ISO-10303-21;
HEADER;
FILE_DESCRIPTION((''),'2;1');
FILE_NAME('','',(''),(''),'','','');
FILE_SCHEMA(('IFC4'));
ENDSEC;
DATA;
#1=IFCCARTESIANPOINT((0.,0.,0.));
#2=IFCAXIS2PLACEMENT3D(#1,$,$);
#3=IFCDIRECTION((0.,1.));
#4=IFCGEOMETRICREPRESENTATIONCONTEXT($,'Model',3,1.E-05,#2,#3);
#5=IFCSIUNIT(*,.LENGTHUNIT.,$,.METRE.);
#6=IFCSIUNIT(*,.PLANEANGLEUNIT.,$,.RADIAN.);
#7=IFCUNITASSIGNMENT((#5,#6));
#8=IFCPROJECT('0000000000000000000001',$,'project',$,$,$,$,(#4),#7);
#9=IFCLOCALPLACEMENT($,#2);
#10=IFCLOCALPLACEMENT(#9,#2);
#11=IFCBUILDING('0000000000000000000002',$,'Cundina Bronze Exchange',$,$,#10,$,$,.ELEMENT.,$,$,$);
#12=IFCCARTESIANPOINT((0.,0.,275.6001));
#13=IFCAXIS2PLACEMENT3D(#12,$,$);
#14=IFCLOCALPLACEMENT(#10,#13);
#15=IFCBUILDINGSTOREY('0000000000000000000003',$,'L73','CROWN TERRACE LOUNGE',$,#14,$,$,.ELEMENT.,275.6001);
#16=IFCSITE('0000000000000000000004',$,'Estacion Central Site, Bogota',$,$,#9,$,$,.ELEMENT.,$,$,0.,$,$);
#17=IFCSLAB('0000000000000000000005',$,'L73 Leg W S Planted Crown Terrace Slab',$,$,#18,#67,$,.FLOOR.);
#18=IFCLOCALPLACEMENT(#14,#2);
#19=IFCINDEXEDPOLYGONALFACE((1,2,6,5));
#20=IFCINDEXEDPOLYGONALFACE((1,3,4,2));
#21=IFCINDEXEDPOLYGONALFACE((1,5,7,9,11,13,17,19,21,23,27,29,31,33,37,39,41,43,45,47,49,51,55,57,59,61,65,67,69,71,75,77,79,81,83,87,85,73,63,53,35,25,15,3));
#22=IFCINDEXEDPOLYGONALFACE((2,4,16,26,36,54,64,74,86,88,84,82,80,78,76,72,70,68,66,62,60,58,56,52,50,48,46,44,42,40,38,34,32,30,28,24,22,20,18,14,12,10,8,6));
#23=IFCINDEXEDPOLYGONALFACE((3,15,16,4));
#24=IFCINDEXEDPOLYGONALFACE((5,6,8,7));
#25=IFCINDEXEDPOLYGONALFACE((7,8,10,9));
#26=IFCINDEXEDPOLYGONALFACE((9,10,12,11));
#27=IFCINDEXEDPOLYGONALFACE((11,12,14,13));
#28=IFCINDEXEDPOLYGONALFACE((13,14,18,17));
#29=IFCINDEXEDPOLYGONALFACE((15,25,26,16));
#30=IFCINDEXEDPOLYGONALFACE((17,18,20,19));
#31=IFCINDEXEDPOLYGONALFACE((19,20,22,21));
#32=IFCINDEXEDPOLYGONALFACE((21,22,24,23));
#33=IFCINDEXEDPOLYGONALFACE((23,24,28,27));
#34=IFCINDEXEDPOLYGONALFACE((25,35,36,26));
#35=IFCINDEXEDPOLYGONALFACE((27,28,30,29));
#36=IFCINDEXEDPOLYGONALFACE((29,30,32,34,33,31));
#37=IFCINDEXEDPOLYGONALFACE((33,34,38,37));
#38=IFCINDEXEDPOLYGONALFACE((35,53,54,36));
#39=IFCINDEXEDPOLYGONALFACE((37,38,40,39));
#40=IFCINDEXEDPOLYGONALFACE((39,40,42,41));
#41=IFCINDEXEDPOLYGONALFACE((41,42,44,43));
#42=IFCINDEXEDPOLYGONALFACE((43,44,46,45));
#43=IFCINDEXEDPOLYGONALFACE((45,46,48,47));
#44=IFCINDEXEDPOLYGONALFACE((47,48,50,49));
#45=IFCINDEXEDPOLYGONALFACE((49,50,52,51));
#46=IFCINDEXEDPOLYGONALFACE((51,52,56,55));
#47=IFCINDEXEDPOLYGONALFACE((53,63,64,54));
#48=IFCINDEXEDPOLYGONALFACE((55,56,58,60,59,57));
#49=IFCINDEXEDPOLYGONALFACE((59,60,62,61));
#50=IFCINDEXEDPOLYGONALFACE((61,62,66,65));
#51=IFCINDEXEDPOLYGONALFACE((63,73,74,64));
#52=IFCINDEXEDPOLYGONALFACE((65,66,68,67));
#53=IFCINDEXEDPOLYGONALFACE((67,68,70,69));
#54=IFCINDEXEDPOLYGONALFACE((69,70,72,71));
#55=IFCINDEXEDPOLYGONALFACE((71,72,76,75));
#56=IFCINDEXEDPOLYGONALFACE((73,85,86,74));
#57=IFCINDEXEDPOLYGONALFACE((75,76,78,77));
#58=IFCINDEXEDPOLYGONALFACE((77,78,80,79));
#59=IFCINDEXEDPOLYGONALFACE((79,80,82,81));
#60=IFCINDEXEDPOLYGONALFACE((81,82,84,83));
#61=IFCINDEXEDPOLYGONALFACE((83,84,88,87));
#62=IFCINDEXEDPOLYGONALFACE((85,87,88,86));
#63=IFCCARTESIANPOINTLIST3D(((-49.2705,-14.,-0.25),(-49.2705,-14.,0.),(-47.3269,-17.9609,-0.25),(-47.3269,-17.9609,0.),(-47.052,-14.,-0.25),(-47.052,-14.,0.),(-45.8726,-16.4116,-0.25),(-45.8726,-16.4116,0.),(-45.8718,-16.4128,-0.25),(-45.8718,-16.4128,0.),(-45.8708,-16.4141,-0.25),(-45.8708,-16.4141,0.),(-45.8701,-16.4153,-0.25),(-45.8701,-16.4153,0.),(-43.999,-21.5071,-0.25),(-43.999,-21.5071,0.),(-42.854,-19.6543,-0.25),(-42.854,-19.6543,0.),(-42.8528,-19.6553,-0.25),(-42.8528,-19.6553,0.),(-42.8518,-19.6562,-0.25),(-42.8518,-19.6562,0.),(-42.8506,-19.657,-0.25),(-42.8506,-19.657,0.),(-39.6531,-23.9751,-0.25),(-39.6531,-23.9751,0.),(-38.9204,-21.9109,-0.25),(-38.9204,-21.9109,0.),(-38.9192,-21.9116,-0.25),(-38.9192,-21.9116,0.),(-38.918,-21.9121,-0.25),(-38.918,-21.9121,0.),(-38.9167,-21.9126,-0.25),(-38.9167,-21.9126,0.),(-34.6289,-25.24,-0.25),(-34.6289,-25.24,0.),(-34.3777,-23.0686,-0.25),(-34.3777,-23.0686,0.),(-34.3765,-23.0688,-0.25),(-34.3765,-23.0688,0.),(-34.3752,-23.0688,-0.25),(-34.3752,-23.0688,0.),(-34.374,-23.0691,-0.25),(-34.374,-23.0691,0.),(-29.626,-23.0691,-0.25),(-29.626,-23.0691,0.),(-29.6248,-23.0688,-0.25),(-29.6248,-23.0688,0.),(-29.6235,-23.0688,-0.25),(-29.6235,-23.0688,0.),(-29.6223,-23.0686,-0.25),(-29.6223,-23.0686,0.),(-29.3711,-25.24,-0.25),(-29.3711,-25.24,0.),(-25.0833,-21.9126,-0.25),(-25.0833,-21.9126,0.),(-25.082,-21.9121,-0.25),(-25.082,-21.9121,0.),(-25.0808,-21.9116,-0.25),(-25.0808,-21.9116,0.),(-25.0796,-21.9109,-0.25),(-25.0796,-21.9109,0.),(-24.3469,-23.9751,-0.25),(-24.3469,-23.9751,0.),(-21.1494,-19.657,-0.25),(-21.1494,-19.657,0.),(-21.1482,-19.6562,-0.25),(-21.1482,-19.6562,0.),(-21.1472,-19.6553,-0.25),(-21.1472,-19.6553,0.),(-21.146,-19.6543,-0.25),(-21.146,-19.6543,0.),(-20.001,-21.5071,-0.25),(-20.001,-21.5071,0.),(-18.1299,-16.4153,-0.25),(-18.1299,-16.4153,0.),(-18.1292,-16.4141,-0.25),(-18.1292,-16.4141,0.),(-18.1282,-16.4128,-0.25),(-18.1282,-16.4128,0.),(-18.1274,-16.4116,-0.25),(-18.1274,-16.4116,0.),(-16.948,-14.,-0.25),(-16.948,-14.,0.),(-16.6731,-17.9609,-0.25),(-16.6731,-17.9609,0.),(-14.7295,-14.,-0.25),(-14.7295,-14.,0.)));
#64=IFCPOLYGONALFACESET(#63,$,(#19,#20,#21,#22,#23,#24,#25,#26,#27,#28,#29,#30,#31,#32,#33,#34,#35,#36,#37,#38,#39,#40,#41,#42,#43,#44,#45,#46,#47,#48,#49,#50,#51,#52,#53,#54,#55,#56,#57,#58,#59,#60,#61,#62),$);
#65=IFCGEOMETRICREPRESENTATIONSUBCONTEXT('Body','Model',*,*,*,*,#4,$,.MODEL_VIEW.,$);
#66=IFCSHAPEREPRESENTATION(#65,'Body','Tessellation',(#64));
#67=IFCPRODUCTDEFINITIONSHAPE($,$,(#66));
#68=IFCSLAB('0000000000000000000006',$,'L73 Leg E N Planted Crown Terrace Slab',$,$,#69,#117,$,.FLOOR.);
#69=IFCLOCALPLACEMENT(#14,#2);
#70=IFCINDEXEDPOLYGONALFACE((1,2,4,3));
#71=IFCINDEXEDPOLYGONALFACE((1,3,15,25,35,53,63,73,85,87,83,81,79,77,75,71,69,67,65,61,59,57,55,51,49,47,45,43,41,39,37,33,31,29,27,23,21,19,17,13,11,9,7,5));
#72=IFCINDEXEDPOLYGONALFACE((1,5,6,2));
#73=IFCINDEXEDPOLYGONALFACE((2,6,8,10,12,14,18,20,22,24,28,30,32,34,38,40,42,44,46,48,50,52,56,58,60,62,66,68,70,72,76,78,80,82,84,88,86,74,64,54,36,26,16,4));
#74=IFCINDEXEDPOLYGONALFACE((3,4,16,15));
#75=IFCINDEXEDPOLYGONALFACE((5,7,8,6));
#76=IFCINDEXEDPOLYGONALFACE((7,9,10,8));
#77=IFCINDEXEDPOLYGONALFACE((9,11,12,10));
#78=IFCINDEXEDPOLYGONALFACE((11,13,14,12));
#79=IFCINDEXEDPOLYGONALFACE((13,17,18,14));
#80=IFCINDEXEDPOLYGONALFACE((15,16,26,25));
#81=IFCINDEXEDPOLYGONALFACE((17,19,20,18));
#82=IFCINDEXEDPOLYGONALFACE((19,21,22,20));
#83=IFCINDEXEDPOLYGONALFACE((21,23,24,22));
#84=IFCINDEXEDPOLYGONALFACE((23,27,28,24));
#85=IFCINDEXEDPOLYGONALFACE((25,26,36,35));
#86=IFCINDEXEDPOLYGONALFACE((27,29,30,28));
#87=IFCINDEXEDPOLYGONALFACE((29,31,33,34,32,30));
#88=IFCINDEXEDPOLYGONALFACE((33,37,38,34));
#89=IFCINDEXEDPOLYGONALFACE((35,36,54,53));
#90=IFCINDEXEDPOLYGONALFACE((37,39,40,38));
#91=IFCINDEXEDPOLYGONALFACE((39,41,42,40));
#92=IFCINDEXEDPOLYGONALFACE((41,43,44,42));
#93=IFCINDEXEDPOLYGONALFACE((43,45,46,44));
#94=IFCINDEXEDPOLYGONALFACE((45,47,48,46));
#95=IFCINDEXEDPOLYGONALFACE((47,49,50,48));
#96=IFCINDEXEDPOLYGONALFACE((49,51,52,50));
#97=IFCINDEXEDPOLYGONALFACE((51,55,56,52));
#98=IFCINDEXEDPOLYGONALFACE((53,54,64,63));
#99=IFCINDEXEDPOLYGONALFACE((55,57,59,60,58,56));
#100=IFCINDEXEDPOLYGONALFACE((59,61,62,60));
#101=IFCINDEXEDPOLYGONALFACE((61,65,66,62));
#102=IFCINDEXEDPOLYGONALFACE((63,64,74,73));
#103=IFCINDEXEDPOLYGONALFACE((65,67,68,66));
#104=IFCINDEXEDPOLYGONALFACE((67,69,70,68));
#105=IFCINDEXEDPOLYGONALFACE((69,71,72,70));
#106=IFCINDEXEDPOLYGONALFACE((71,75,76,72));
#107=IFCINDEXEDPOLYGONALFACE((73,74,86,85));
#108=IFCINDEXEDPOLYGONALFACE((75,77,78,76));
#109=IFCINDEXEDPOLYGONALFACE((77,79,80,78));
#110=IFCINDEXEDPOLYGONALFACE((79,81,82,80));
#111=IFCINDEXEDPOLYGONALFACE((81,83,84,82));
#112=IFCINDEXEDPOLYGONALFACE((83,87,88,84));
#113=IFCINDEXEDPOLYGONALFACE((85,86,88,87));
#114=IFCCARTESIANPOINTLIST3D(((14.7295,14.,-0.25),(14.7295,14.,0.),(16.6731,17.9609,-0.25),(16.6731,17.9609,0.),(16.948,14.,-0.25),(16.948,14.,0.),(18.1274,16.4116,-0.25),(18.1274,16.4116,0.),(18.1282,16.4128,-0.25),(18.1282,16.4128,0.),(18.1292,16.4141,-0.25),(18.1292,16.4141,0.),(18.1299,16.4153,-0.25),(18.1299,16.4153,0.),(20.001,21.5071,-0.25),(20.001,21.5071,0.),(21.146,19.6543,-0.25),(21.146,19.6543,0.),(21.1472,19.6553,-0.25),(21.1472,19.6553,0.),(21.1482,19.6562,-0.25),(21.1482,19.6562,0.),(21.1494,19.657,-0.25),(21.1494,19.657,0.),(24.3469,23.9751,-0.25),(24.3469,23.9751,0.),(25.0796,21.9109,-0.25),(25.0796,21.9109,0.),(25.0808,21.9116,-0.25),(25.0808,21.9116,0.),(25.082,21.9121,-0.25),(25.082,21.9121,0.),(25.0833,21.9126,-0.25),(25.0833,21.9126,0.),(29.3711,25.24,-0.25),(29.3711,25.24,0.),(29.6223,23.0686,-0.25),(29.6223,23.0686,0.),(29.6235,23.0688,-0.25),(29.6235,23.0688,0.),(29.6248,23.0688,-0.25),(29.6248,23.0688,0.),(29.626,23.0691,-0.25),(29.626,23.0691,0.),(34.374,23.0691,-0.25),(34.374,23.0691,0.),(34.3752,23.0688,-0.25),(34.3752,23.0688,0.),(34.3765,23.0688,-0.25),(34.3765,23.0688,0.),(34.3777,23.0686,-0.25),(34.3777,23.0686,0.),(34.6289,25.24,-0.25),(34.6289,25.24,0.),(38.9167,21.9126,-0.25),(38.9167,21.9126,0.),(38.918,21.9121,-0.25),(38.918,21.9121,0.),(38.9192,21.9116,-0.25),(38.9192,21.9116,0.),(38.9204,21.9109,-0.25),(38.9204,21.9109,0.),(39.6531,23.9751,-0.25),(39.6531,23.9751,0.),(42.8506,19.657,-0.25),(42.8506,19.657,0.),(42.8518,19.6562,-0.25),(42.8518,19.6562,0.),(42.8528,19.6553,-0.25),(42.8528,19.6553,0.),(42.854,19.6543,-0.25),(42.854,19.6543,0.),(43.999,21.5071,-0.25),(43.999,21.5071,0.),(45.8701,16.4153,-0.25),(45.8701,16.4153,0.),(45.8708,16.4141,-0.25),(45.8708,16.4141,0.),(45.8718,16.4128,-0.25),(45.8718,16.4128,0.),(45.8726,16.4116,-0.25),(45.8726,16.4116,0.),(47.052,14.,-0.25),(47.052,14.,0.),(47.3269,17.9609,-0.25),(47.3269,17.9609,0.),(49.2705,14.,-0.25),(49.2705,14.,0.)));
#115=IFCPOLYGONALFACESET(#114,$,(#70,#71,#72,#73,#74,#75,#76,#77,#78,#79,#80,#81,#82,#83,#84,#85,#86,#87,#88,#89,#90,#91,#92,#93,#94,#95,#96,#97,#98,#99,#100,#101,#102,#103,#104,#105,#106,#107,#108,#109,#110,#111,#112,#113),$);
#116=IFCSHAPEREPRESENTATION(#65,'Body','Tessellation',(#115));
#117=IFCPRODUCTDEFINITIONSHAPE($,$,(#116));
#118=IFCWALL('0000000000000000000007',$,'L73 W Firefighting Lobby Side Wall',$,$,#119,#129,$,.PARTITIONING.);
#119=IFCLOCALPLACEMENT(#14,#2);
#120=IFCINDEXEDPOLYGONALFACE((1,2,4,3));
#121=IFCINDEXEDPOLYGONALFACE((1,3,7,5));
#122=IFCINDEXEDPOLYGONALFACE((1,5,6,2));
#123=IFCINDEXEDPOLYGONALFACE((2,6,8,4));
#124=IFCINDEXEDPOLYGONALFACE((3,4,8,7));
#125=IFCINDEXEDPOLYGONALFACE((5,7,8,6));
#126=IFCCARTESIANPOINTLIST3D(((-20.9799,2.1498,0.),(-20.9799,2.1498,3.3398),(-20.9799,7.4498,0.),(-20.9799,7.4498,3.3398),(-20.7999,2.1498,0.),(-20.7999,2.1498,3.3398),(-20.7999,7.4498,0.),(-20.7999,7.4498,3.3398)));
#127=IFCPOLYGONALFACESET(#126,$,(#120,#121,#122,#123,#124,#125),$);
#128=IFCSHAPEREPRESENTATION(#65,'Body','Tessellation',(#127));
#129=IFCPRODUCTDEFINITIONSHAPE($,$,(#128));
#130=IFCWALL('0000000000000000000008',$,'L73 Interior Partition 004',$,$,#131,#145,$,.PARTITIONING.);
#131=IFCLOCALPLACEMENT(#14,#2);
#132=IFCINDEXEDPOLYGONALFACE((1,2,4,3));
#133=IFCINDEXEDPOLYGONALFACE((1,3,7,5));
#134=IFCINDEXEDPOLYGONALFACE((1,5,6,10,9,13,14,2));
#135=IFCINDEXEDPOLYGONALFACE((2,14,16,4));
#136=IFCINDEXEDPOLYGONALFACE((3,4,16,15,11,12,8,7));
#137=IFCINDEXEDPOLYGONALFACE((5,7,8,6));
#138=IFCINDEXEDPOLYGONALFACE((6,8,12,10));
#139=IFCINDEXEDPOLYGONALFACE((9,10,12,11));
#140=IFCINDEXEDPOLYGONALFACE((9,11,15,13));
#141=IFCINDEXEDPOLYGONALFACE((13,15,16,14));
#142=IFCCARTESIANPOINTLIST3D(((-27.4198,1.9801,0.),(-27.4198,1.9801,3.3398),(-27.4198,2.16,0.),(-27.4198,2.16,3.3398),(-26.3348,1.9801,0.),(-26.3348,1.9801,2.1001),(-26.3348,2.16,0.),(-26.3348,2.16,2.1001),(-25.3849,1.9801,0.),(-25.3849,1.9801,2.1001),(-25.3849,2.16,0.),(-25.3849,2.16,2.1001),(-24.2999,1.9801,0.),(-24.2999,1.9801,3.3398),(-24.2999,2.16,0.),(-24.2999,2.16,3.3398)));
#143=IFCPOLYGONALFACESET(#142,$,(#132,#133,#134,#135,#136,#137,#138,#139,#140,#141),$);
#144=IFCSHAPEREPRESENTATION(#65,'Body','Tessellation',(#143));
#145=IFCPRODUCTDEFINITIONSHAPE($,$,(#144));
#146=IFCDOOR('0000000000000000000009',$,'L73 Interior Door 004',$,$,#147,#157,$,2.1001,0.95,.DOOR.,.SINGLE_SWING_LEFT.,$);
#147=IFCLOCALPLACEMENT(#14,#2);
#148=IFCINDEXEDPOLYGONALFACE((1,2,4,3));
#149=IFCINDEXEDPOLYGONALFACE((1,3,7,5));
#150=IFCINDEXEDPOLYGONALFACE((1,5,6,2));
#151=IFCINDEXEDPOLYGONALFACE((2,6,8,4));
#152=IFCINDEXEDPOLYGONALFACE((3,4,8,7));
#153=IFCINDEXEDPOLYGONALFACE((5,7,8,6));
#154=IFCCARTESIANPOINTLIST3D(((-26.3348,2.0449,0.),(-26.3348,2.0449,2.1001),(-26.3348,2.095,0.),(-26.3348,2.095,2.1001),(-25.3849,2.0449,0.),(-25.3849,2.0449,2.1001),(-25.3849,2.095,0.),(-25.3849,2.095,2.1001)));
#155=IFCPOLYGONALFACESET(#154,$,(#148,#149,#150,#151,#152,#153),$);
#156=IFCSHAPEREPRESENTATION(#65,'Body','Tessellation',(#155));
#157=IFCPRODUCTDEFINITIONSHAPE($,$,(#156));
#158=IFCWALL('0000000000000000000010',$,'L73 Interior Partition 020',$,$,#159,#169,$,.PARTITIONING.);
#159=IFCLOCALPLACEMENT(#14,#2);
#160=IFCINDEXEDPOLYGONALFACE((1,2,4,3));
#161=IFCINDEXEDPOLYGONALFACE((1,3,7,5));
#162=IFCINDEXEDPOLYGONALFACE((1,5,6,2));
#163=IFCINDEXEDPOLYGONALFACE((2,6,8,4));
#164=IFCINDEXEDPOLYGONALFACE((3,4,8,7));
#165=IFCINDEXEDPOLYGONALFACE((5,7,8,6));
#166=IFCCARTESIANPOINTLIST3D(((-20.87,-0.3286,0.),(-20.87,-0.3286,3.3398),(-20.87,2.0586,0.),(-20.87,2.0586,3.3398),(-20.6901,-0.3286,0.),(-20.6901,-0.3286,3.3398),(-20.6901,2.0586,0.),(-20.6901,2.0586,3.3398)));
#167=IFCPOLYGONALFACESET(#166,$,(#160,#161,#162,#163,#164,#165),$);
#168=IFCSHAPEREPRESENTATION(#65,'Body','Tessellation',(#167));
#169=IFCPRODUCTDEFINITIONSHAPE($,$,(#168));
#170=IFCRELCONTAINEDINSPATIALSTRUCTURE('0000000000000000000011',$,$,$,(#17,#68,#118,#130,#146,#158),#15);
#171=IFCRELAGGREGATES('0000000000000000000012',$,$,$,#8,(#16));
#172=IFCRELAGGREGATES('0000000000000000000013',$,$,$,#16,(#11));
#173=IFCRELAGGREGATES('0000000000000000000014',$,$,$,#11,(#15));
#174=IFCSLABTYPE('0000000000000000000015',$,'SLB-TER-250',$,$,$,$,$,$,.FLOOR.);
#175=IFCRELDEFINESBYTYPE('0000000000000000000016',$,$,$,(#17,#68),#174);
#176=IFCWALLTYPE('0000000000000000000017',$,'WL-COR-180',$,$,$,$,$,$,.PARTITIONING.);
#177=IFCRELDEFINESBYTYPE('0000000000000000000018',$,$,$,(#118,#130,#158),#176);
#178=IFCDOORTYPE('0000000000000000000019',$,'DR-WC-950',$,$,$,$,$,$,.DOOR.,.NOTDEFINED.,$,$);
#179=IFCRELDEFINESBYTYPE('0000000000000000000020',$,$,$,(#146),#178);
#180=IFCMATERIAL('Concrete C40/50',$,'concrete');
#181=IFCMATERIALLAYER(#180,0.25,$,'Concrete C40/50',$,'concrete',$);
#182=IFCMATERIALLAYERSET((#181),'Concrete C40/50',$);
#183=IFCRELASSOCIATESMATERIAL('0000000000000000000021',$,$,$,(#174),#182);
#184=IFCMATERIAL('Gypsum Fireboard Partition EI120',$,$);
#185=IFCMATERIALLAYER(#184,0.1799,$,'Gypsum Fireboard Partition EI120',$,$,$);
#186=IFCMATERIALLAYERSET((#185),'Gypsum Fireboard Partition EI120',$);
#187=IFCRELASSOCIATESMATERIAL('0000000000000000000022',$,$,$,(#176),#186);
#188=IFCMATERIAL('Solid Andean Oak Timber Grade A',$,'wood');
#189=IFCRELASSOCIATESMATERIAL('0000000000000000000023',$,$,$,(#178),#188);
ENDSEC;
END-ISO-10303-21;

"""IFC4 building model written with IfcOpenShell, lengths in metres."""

from ifc_helpers import new_model, si_unit, direction, frame, frame_2d, origin, place, context, subcontext, project, spatial, polyline, rectangle, outline, extrude, material, layer, layer_set, type_object, element, fill, save


model = new_model("IFC4")

# Units and contexts
model_context = context("Model", 3, precision=1e-05, world=origin(), true_north=direction((0.0, 1.0)))
body_context = subcontext(model_context, "Body", "Model", "MODEL_VIEW")
ifc_project = project(units=[si_unit("LENGTHUNIT", "METRE"), si_unit("PLANEANGLEUNIT", "RADIAN")], contexts=[model_context])

# Site, building, storey
site_placement = place(None, origin())
site = spatial("IfcSite", under=ifc_project, at=site_placement, Name="Estacion Central Site, Bogota", CompositionType="ELEMENT", RefElevation=0.0)
building_placement = place(site_placement, origin())
building = spatial("IfcBuilding", under=site, at=building_placement, Name="Cundina Bronze Exchange", CompositionType="ELEMENT")
storey_placement = place(building_placement, frame((0.0, 0.0, 275.6001)))
storey = spatial("IfcBuildingStorey", under=building, at=storey_placement, Name="L73", Description="CROWN TERRACE LOUNGE", CompositionType="ELEMENT", Elevation=275.6001)

# Slabs
ifc_material_1 = material(Name="Concrete C40/50", Category="concrete")
ifc_layer_1 = layer(ifc_material_1, 0.25, Name="Concrete C40/50", Category="concrete")
ifc_layer_set_1 = layer_set([ifc_layer_1], Name="Concrete C40/50")
slab_type_1 = type_object("IfcSlabType", Name="SLB-TER-250", PredefinedType="FLOOR", material=ifc_layer_set_1)
slab_1_placement = place(storey_placement, frame((0.0, 0.0, -0.25)))
element("IfcSlab", 1, at=slab_1_placement, inside=storey, type_object=slab_type_1, Name="L73 Leg W S Planted Crown Terrace Slab", PredefinedType="FLOOR", context=body_context, shape_type="SweptSolid", body=[
    extrude(outline(polyline([(-16.6731, -17.9609), (-20.001, -21.5071), (-24.3469, -23.9751), (-29.3711, -25.24), (-34.6289, -25.24), (-39.6531, -23.9751), (-43.999, -21.5071), (-47.3269, -17.9609), (-49.2705, -14.0), (-47.052, -14.0), (-45.8726, -16.4116), (-45.8718, -16.4128), (-45.8708, -16.4141), (-45.8701, -16.4153), (-42.854, -19.6543), (-42.8528, -19.6553), (-42.8518, -19.6562), (-42.8506, -19.657), (-38.9204, -21.9109), (-38.9192, -21.9116), (-38.918, -21.9121), (-38.9167, -21.9126), (-34.3777, -23.0686), (-34.3765, -23.0688), (-34.3752, -23.0688), (-34.374, -23.0691), (-29.626, -23.0691), (-29.6248, -23.0688), (-29.6235, -23.0688), (-29.6223, -23.0686), (-25.0833, -21.9126), (-25.082, -21.9121), (-25.0808, -21.9116), (-25.0796, -21.9109), (-21.1494, -19.657), (-21.1482, -19.6562), (-21.1472, -19.6553), (-21.146, -19.6543), (-18.1299, -16.4153), (-18.1292, -16.4141), (-18.1282, -16.4128), (-18.1274, -16.4116), (-16.948, -14.0), (-14.7295, -14.0), (-16.6731, -17.9609)])), origin(), (0.0, 0.0, 1.0), 0.25),
])
slab_2_placement = place(storey_placement, frame((0.0, 0.0, -0.25)))
element("IfcSlab", 2, at=slab_2_placement, inside=storey, type_object=slab_type_1, Name="L73 Leg E N Planted Crown Terrace Slab", PredefinedType="FLOOR", context=body_context, shape_type="SweptSolid", body=[
    extrude(outline(polyline([(16.6731, 17.9609), (20.001, 21.5071), (24.3469, 23.9751), (29.3711, 25.24), (34.6289, 25.24), (39.6531, 23.9751), (43.999, 21.5071), (47.3269, 17.9609), (49.2705, 14.0), (47.052, 14.0), (45.8726, 16.4116), (45.8718, 16.4128), (45.8708, 16.4141), (45.8701, 16.4153), (42.854, 19.6543), (42.8528, 19.6553), (42.8518, 19.6562), (42.8506, 19.657), (38.9204, 21.9109), (38.9192, 21.9116), (38.918, 21.9121), (38.9167, 21.9126), (34.3777, 23.0686), (34.3765, 23.0688), (34.3752, 23.0688), (34.374, 23.0691), (29.626, 23.0691), (29.6248, 23.0688), (29.6235, 23.0688), (29.6223, 23.0686), (25.0833, 21.9126), (25.082, 21.9121), (25.0808, 21.9116), (25.0796, 21.9109), (21.1494, 19.657), (21.1482, 19.6562), (21.1472, 19.6553), (21.146, 19.6543), (18.1299, 16.4153), (18.1292, 16.4141), (18.1282, 16.4128), (18.1274, 16.4116), (16.948, 14.0), (14.7295, 14.0), (16.6731, 17.9609)])), origin(), (0.0, 0.0, 1.0), 0.25),
])

# Wall
ifc_material_2 = material(Name="Gypsum Fireboard Partition EI120")
ifc_layer_2 = layer(ifc_material_2, 0.1799, Name="Gypsum Fireboard Partition EI120")
ifc_layer_set_2 = layer_set([ifc_layer_2], Name="Gypsum Fireboard Partition EI120")
wall_type_1 = type_object("IfcWallType", Name="WL-COR-180", PredefinedType="PARTITIONING", material=ifc_layer_set_2)
wall_1_placement = place(storey_placement, frame((-20.8899, 2.1499, 0.0), z_axis=(0.0, 0.0, 1.0), x_axis=(0.0, 1.0, 0.0)))
element("IfcWall", 3, at=wall_1_placement, inside=storey, type_object=wall_type_1, Name="L73 W Firefighting Lobby Side Wall", PredefinedType="PARTITIONING", context=body_context, shape_type="SweptSolid", body=[
    extrude(rectangle(XDim=5.3, YDim=0.1799, at=frame_2d((2.6499, 0.0))), origin(), (0.0, 0.0, 1.0), 3.3398),
])

# Wall, opening, door
wall_2_placement = place(storey_placement, frame((-27.4199, 2.0701, 0.0), z_axis=(0.0, 0.0, 1.0), x_axis=(1.0, 0.0, 0.0)))
wall_2 = element("IfcWall", 4, at=wall_2_placement, inside=storey, type_object=wall_type_1, Name="L73 Interior Partition 004", PredefinedType="PARTITIONING", context=body_context, shape_type="SweptSolid", body=[
    extrude(rectangle(XDim=3.1199, YDim=0.1799, at=frame_2d((1.5601, 0.0))), origin(), (0.0, 0.0, 1.0), 3.3398),
])
opening_1_placement = place(wall_2_placement, frame((1.085, 0.0, 0.0)))
opening_1 = element("IfcOpeningElement", 5, at=opening_1_placement, cuts=wall_2, PredefinedType="OPENING", context=body_context, shape_type="SweptSolid", body=[
    extrude(rectangle(XDim=0.95, YDim=2.1001, at=frame_2d((0.4751, 1.05))), frame((0.0, 0.0999, 0.0), z_axis=(0.0, -1.0, 0.0), x_axis=(1.0, 0.0, 0.0)), (0.0, 0.0, 1.0), 0.2),
])
ifc_material_3 = material(Name="Solid Andean Oak Timber Grade A", Category="wood")
door_type_1 = type_object("IfcDoorType", Name="DR-WC-950", OperationType="NOTDEFINED", PredefinedType="DOOR", material=ifc_material_3)
door_1_placement = place(opening_1_placement, origin())
door_1 = element("IfcDoor", 6, at=door_1_placement, inside=storey, type_object=door_type_1, Name="L73 Interior Door 004", OperationType="SINGLE_SWING_LEFT", OverallHeight=2.1001, OverallWidth=0.95, PredefinedType="DOOR", context=body_context, shape_type="SweptSolid", body=[
    extrude(rectangle(XDim=0.95, YDim=2.1001, at=frame_2d((0.4751, 1.05))), frame((0.0, 0.0249, 0.0), z_axis=(0.0, -1.0, 0.0), x_axis=(1.0, 0.0, 0.0)), (0.0, 0.0, 1.0), 0.05),
])
fill(opening_1, door_1)

# Wall
wall_3_placement = place(storey_placement, frame((-20.78, -0.3286, 0.0), z_axis=(0.0, 0.0, 1.0), x_axis=(0.0, 1.0, 0.0)))
element("IfcWall", 7, at=wall_3_placement, inside=storey, type_object=wall_type_1, Name="L73 Interior Partition 020", PredefinedType="PARTITIONING", context=body_context, shape_type="SweptSolid", body=[
    extrude(rectangle(XDim=2.3872, YDim=0.1799, at=frame_2d((1.1936, 0.0))), origin(), (0.0, 0.0, 1.0), 3.3398),
])

save(model, "model.ifc")
